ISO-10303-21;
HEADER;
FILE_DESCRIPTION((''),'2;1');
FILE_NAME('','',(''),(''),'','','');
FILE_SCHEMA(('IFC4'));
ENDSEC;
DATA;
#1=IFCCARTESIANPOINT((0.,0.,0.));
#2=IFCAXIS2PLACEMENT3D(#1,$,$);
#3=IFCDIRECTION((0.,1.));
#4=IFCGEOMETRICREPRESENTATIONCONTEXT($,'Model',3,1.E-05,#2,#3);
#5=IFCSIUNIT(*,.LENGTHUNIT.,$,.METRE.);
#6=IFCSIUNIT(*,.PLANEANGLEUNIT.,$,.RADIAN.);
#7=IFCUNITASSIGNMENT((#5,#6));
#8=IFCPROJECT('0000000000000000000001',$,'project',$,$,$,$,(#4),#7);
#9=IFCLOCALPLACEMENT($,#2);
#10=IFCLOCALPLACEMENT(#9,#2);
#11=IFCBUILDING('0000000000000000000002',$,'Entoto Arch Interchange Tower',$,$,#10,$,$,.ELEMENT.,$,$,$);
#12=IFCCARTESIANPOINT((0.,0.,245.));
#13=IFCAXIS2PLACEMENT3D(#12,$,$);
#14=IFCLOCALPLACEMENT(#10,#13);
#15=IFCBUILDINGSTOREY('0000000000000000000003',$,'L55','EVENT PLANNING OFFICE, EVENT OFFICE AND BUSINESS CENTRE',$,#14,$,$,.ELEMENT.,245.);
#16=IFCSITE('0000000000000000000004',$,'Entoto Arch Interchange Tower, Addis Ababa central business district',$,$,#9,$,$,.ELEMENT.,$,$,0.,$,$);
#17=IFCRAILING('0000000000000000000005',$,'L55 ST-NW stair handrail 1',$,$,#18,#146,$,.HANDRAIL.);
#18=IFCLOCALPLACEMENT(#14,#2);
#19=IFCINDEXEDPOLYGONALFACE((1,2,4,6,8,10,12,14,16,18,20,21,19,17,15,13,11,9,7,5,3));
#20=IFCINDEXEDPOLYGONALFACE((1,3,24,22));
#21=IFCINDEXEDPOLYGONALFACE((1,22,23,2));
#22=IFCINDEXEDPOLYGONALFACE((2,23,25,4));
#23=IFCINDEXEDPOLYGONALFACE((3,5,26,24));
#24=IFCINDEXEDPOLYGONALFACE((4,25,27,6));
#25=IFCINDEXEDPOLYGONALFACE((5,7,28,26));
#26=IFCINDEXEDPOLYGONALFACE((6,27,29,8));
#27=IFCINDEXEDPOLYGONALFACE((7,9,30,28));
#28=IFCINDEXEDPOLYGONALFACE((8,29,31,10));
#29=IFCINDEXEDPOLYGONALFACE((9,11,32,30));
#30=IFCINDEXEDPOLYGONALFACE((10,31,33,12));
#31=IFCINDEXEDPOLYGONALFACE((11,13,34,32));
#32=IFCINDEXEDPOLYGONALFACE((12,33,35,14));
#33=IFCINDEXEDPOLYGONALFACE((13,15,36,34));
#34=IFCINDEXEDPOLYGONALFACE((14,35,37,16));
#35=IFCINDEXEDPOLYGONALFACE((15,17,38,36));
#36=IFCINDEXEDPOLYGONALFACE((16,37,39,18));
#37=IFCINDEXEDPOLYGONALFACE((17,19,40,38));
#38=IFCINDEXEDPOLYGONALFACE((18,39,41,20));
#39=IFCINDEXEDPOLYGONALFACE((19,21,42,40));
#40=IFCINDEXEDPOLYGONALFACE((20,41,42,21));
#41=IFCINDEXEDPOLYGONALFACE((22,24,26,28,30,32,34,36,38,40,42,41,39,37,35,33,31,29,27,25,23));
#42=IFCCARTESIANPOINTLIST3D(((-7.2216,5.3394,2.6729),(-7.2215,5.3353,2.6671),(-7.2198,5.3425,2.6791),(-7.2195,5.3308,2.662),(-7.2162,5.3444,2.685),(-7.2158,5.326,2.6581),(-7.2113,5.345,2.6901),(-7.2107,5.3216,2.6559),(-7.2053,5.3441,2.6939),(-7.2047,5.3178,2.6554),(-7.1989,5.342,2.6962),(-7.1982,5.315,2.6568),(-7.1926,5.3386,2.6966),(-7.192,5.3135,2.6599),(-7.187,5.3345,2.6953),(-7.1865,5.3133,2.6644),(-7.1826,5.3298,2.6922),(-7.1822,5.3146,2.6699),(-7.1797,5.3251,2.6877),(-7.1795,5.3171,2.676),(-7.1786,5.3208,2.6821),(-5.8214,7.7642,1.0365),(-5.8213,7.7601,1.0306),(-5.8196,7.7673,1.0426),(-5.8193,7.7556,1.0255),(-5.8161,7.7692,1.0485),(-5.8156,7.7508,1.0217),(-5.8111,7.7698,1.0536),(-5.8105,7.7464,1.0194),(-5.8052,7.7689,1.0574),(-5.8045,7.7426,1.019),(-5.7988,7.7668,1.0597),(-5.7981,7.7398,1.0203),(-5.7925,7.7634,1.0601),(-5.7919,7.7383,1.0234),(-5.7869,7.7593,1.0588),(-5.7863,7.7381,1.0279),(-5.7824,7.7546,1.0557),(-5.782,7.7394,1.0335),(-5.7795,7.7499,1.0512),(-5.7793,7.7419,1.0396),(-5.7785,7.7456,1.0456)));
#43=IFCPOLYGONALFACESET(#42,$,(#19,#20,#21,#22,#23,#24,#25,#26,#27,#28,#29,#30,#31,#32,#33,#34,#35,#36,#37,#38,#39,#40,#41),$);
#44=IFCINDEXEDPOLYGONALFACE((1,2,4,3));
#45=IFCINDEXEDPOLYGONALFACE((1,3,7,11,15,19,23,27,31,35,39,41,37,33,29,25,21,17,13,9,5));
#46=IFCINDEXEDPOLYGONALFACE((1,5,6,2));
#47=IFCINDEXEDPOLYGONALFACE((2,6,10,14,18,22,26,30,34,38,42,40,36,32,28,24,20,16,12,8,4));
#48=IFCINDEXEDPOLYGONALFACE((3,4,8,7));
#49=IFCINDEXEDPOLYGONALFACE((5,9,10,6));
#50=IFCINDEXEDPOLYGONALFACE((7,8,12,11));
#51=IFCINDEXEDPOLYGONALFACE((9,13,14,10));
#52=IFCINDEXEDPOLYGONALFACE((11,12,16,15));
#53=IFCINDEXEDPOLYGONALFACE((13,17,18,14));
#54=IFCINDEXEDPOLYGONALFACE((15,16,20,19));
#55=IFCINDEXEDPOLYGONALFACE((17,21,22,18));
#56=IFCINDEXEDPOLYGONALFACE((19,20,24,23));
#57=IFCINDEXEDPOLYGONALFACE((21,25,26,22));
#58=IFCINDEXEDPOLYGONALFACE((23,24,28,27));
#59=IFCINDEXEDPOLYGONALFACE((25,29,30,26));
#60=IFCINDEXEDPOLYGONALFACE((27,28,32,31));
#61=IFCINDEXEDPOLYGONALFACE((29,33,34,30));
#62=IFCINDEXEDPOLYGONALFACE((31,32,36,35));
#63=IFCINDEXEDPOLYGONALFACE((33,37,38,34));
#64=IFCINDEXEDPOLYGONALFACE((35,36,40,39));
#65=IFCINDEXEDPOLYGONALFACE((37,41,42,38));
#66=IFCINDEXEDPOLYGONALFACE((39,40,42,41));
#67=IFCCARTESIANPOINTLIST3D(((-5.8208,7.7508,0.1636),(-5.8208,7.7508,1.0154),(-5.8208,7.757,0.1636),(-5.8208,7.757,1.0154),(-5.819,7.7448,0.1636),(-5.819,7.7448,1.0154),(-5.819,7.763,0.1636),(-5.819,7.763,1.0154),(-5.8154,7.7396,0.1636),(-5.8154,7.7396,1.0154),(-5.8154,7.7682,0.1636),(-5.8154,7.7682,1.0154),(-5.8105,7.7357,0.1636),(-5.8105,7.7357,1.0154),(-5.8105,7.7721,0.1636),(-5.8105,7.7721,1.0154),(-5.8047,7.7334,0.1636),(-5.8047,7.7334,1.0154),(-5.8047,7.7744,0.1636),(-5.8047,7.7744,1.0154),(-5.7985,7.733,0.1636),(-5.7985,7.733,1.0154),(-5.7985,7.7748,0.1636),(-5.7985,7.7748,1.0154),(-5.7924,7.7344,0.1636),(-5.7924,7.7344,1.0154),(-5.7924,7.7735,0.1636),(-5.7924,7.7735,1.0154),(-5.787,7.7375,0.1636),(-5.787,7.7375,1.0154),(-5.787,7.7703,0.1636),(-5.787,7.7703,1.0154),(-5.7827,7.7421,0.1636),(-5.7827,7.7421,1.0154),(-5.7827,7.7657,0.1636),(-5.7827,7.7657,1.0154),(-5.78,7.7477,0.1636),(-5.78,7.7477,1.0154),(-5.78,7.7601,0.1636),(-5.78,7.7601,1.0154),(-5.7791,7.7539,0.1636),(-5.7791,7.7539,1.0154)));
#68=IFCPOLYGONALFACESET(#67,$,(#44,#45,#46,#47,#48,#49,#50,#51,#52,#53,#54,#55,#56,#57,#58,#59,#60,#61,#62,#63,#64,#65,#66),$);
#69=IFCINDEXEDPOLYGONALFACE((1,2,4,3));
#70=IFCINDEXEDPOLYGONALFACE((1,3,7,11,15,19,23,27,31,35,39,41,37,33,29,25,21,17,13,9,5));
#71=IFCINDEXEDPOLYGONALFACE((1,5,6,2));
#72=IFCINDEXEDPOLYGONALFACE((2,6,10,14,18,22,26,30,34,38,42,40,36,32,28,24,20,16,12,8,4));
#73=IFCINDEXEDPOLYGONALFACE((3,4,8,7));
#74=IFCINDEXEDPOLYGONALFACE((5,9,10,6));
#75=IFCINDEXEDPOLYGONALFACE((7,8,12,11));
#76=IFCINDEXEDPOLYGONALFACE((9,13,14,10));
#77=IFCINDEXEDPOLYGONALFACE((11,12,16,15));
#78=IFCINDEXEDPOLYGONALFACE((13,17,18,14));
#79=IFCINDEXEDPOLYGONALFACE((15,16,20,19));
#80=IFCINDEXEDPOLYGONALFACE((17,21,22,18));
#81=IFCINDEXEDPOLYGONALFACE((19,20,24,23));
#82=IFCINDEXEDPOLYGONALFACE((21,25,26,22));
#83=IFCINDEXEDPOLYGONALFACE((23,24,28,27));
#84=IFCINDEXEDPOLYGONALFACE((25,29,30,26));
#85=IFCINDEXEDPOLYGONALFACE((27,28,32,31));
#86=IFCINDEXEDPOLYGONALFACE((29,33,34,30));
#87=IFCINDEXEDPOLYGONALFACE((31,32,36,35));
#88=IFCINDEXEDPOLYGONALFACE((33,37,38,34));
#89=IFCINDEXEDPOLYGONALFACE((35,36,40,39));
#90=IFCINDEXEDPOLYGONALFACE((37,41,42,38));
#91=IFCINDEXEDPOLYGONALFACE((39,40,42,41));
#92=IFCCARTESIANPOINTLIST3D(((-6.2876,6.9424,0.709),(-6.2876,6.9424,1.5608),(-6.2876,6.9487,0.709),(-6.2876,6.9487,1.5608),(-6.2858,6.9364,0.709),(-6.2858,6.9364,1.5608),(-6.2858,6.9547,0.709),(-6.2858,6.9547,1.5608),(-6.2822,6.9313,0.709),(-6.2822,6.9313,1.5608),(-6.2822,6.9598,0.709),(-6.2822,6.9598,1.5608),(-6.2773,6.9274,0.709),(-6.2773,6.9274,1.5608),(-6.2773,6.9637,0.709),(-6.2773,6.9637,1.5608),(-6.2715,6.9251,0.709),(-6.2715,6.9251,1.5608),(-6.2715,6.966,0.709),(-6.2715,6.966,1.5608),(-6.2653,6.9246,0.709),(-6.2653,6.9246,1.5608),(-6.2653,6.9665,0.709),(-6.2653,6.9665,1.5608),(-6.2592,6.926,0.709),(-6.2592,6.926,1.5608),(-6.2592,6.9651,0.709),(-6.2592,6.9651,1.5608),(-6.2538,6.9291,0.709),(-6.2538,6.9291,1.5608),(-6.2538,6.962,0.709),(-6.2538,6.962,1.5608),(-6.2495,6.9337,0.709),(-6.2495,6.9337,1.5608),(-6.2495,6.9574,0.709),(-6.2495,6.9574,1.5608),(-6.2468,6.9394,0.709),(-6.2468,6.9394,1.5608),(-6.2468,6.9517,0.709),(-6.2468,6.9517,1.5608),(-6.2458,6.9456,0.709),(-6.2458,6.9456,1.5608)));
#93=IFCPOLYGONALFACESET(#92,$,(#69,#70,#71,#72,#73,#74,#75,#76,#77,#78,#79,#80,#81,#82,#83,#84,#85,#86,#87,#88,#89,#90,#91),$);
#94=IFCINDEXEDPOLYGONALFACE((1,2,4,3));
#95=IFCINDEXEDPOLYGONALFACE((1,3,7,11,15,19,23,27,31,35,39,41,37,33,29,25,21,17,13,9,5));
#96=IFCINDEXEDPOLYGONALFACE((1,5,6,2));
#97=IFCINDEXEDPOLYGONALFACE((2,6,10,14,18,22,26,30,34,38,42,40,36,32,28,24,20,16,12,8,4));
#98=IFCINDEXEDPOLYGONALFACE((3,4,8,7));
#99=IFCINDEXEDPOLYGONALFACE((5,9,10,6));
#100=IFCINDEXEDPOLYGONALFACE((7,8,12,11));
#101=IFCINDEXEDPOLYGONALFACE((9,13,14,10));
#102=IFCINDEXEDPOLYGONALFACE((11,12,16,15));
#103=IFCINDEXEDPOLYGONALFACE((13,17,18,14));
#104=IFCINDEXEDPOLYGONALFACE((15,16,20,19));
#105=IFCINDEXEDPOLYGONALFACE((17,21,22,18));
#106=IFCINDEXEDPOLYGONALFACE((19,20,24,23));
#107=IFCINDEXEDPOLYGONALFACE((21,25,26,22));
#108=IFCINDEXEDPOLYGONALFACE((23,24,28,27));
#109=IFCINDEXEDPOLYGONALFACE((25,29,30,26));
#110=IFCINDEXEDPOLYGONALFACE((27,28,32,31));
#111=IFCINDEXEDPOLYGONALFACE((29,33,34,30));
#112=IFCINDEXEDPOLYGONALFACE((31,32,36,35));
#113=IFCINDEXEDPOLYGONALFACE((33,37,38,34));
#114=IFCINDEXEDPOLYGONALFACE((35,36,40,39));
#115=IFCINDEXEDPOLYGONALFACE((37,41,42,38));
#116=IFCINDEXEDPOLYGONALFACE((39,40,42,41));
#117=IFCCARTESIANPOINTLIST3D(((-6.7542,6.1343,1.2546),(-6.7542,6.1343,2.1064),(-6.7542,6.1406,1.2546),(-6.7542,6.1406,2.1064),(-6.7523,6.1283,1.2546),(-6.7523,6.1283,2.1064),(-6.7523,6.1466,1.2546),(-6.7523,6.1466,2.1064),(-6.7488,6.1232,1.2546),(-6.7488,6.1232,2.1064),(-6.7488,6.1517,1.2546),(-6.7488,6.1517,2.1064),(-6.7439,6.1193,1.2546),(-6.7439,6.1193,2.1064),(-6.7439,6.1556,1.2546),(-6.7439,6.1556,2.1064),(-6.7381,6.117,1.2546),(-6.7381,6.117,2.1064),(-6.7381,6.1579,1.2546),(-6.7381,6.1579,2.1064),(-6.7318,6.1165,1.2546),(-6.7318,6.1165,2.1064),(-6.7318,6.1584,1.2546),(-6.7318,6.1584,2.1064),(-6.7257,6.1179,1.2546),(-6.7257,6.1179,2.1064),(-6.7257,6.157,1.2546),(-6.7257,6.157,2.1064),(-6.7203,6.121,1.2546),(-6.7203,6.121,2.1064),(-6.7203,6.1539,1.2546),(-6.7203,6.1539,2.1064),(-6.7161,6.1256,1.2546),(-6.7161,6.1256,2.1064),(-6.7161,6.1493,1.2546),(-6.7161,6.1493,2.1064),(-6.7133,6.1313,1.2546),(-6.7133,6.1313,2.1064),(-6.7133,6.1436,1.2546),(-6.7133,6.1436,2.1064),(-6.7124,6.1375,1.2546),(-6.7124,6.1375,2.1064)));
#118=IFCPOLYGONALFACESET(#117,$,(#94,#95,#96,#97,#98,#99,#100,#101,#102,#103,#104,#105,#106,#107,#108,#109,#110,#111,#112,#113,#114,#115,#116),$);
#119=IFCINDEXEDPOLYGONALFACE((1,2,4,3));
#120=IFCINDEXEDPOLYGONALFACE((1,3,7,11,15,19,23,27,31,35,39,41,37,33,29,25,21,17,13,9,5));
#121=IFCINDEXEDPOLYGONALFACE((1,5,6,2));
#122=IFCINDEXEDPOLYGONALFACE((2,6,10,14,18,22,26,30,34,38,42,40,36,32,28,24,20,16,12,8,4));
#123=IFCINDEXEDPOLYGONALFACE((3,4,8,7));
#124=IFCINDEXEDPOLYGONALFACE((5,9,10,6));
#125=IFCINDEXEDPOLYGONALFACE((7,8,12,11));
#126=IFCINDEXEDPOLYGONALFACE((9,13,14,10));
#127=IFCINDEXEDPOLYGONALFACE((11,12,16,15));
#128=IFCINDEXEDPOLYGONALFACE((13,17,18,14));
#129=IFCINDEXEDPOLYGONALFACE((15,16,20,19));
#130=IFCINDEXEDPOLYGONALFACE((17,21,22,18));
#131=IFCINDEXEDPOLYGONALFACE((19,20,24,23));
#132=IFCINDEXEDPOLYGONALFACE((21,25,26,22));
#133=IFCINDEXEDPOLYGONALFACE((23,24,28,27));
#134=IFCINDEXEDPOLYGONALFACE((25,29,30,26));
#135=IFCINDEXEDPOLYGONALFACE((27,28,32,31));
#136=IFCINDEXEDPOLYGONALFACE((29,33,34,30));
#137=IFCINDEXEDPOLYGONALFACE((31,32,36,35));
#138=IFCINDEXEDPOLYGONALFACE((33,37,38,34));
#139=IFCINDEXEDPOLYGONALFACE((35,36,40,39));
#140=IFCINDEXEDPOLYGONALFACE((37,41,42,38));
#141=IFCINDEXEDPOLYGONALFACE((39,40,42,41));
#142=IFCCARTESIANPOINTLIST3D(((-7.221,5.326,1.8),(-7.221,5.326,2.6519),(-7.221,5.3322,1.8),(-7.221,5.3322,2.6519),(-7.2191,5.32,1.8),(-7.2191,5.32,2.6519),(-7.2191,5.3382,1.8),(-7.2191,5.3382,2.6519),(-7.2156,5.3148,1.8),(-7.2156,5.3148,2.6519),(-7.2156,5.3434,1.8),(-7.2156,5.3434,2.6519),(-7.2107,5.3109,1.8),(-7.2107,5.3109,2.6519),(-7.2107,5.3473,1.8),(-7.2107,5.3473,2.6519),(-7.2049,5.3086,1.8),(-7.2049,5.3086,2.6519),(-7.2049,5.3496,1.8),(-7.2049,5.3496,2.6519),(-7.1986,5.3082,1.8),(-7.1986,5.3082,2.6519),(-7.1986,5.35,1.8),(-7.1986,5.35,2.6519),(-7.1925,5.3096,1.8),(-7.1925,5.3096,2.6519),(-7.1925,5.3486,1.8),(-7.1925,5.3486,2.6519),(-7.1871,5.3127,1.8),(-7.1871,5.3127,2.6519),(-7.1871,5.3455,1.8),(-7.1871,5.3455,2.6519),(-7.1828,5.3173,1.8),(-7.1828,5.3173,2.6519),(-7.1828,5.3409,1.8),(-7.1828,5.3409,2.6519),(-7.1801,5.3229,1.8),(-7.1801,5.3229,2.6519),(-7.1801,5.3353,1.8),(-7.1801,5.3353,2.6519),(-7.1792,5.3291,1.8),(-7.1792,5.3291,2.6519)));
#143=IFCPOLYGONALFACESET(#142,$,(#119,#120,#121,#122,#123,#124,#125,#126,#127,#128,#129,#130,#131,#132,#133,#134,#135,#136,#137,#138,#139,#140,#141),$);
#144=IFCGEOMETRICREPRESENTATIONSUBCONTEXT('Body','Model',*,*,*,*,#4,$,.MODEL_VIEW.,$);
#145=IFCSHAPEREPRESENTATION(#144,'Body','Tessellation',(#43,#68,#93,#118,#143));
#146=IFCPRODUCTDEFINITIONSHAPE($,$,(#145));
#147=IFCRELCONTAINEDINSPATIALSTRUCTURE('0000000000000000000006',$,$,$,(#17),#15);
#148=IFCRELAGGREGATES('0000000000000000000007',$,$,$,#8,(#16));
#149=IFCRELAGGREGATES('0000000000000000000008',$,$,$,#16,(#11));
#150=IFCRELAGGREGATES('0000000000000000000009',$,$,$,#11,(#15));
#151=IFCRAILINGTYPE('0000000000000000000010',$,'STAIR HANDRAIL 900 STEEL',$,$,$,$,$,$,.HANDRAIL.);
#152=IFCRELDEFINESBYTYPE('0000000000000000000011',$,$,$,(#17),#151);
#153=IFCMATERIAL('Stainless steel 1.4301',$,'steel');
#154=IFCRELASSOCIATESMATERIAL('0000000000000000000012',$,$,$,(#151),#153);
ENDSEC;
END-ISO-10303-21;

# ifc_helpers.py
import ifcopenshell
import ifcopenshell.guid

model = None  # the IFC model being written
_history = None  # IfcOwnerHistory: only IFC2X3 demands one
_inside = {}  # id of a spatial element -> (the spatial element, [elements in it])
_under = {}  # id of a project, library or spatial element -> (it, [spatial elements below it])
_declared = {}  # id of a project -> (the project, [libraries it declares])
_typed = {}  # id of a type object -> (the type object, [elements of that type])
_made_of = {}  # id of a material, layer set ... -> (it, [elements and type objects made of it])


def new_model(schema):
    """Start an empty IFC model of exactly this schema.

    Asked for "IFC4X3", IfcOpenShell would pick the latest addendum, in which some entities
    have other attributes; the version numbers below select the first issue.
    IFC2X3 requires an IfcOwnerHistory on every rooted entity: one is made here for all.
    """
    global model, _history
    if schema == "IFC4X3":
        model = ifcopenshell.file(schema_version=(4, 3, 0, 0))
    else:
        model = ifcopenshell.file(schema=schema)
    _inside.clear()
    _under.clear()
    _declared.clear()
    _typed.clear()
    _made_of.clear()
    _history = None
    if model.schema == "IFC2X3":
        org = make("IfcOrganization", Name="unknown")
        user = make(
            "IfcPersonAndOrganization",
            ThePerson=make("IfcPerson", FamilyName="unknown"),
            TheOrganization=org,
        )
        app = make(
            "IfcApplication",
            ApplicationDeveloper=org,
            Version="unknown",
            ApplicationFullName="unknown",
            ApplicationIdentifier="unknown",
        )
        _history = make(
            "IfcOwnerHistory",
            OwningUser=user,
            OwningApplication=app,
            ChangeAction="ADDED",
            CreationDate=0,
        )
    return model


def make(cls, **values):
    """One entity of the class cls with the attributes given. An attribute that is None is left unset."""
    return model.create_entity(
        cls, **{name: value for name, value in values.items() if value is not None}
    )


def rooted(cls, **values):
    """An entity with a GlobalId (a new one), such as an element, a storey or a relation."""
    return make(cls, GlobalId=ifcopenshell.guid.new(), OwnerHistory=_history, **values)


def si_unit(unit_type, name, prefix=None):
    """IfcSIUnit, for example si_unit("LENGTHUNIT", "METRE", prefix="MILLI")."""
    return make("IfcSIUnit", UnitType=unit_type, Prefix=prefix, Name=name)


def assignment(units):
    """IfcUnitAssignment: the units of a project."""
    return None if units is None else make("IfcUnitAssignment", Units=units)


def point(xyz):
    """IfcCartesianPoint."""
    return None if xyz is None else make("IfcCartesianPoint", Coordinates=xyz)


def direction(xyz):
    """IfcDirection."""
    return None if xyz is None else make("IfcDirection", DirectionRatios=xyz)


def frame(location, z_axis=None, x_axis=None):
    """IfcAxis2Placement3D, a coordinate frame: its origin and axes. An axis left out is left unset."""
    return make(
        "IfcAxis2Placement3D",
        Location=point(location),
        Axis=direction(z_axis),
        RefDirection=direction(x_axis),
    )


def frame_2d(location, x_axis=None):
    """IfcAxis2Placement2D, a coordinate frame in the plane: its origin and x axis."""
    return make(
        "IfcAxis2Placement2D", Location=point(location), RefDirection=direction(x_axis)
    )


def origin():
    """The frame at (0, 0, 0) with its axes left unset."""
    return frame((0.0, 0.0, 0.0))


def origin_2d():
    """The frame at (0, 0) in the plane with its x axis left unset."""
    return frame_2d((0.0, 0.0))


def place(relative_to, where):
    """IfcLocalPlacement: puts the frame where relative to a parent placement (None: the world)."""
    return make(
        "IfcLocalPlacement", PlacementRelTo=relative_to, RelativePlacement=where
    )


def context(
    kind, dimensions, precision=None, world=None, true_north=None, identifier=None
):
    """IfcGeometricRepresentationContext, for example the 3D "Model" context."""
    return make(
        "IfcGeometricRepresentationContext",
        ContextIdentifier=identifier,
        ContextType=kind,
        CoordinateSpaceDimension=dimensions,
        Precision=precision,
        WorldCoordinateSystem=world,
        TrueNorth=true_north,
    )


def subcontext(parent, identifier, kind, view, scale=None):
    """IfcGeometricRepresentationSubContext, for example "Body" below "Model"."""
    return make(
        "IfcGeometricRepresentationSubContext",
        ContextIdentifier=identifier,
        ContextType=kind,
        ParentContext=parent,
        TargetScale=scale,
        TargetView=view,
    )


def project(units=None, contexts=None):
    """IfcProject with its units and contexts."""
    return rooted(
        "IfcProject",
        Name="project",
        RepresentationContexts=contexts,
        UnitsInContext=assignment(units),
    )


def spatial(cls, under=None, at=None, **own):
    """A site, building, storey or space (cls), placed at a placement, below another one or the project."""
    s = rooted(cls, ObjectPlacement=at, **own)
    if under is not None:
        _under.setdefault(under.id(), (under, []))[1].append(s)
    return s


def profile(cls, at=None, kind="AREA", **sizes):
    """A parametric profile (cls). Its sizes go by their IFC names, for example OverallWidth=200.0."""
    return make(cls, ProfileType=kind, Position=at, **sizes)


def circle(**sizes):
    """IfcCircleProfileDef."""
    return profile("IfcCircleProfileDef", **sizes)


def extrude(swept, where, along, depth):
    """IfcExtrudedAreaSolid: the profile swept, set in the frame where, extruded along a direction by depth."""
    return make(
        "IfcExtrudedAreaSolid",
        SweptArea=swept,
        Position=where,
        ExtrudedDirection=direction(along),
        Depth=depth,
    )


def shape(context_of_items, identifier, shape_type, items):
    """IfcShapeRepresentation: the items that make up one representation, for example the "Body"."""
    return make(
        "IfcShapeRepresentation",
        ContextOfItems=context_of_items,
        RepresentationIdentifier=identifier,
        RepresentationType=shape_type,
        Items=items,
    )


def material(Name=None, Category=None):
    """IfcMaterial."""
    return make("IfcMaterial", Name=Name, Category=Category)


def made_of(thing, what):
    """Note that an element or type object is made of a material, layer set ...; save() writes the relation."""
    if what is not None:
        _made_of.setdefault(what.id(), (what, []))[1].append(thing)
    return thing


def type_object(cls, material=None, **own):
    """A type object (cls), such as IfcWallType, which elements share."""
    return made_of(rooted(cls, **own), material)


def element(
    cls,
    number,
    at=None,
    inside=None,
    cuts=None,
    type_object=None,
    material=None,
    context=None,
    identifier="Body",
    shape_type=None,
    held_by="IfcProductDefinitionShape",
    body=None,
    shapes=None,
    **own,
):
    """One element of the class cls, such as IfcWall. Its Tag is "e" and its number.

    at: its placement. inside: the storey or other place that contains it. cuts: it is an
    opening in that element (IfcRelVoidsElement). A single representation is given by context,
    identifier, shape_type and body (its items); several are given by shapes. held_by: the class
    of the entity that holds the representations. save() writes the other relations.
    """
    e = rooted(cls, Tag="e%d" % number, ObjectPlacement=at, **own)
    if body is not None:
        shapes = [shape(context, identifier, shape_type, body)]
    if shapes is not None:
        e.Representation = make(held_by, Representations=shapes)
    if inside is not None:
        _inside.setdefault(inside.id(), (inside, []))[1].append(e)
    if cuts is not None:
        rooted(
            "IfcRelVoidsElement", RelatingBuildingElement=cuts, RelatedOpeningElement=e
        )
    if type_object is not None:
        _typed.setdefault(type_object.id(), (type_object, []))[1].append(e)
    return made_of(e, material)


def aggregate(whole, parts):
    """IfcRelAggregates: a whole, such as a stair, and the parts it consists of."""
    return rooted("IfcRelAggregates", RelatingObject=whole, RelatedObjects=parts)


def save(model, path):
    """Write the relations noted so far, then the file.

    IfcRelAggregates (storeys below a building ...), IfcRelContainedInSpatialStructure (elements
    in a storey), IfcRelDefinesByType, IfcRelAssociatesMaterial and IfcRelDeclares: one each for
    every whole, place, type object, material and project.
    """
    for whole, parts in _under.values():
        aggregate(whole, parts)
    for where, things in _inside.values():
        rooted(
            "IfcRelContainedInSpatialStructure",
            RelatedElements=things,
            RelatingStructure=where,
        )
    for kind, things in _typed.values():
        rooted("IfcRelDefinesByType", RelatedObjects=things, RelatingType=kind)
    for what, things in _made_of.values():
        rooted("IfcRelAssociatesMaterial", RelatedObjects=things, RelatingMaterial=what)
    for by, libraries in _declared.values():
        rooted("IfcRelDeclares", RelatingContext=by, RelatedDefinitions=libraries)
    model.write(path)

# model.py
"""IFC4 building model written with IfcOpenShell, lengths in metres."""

from ifc_helpers import new_model, si_unit, direction, frame, origin, origin_2d, place, context, subcontext, project, spatial, circle, extrude, material, type_object, element, save


model = new_model("IFC4")

# Units and contexts
model_context = context("Model", 3, precision=1e-05, world=origin(), true_north=direction((0.0, 1.0)))
body_context = subcontext(model_context, "Body", "Model", "MODEL_VIEW")
ifc_project = project(units=[si_unit("LENGTHUNIT", "METRE"), si_unit("PLANEANGLEUNIT", "RADIAN")], contexts=[model_context])

# Site, building, storey
site_placement = place(None, origin())
site = spatial("IfcSite", under=ifc_project, at=site_placement, Name="Entoto Arch Interchange Tower, Addis Ababa central business district", CompositionType="ELEMENT", RefElevation=0.0)
building_placement = place(site_placement, origin())
building = spatial("IfcBuilding", under=site, at=building_placement, Name="Entoto Arch Interchange Tower", CompositionType="ELEMENT")
storey_placement = place(building_placement, frame((0.0, 0.0, 245.0)))
storey = spatial("IfcBuildingStorey", under=building, at=storey_placement, Name="L55", Description="EVENT PLANNING OFFICE, EVENT OFFICE AND BUSINESS CENTRE", CompositionType="ELEMENT", Elevation=245.0)

# Railing
ifc_material_1 = material(Name="Stainless steel 1.4301", Category="steel")
railing_type = type_object("IfcRailingType", Name="STAIR HANDRAIL 900 STEEL", PredefinedType="HANDRAIL", material=ifc_material_1)
railing_placement = place(storey_placement, frame((-5.8, 7.7539, 0.1636)))
element("IfcRailing", 1, at=railing_placement, inside=storey, type_object=railing_type, Name="L55 ST-NW stair handrail 1", PredefinedType="HANDRAIL", context=body_context, shape_type="SweptSolid", body=[
    extrude(circle(Radius=0.0239, at=origin_2d()), frame((0.0, 0.0, 0.876), z_axis=(-0.431722, -0.747666, 0.504591), x_axis=(0.865997, -0.50005, 0.0)), (0.0, 0.0, 1.0), 3.2432),
    extrude(circle(Radius=0.021, at=origin_2d()), origin(), (0.0, 0.0, 1.0), 0.8518),
    extrude(circle(Radius=0.021, at=origin_2d()), frame((-0.4668, -0.8083, 0.5454)), (0.0, 0.0, 1.0), 0.8518),
    extrude(circle(Radius=0.021, at=origin_2d()), frame((-0.9333, -1.6165, 1.0911)), (0.0, 0.0, 1.0), 0.8518),
    extrude(circle(Radius=0.021, at=origin_2d()), frame((-1.4001, -2.4248, 1.6365)), (0.0, 0.0, 1.0), 0.8518),
])

save(model, "model.ifc")
